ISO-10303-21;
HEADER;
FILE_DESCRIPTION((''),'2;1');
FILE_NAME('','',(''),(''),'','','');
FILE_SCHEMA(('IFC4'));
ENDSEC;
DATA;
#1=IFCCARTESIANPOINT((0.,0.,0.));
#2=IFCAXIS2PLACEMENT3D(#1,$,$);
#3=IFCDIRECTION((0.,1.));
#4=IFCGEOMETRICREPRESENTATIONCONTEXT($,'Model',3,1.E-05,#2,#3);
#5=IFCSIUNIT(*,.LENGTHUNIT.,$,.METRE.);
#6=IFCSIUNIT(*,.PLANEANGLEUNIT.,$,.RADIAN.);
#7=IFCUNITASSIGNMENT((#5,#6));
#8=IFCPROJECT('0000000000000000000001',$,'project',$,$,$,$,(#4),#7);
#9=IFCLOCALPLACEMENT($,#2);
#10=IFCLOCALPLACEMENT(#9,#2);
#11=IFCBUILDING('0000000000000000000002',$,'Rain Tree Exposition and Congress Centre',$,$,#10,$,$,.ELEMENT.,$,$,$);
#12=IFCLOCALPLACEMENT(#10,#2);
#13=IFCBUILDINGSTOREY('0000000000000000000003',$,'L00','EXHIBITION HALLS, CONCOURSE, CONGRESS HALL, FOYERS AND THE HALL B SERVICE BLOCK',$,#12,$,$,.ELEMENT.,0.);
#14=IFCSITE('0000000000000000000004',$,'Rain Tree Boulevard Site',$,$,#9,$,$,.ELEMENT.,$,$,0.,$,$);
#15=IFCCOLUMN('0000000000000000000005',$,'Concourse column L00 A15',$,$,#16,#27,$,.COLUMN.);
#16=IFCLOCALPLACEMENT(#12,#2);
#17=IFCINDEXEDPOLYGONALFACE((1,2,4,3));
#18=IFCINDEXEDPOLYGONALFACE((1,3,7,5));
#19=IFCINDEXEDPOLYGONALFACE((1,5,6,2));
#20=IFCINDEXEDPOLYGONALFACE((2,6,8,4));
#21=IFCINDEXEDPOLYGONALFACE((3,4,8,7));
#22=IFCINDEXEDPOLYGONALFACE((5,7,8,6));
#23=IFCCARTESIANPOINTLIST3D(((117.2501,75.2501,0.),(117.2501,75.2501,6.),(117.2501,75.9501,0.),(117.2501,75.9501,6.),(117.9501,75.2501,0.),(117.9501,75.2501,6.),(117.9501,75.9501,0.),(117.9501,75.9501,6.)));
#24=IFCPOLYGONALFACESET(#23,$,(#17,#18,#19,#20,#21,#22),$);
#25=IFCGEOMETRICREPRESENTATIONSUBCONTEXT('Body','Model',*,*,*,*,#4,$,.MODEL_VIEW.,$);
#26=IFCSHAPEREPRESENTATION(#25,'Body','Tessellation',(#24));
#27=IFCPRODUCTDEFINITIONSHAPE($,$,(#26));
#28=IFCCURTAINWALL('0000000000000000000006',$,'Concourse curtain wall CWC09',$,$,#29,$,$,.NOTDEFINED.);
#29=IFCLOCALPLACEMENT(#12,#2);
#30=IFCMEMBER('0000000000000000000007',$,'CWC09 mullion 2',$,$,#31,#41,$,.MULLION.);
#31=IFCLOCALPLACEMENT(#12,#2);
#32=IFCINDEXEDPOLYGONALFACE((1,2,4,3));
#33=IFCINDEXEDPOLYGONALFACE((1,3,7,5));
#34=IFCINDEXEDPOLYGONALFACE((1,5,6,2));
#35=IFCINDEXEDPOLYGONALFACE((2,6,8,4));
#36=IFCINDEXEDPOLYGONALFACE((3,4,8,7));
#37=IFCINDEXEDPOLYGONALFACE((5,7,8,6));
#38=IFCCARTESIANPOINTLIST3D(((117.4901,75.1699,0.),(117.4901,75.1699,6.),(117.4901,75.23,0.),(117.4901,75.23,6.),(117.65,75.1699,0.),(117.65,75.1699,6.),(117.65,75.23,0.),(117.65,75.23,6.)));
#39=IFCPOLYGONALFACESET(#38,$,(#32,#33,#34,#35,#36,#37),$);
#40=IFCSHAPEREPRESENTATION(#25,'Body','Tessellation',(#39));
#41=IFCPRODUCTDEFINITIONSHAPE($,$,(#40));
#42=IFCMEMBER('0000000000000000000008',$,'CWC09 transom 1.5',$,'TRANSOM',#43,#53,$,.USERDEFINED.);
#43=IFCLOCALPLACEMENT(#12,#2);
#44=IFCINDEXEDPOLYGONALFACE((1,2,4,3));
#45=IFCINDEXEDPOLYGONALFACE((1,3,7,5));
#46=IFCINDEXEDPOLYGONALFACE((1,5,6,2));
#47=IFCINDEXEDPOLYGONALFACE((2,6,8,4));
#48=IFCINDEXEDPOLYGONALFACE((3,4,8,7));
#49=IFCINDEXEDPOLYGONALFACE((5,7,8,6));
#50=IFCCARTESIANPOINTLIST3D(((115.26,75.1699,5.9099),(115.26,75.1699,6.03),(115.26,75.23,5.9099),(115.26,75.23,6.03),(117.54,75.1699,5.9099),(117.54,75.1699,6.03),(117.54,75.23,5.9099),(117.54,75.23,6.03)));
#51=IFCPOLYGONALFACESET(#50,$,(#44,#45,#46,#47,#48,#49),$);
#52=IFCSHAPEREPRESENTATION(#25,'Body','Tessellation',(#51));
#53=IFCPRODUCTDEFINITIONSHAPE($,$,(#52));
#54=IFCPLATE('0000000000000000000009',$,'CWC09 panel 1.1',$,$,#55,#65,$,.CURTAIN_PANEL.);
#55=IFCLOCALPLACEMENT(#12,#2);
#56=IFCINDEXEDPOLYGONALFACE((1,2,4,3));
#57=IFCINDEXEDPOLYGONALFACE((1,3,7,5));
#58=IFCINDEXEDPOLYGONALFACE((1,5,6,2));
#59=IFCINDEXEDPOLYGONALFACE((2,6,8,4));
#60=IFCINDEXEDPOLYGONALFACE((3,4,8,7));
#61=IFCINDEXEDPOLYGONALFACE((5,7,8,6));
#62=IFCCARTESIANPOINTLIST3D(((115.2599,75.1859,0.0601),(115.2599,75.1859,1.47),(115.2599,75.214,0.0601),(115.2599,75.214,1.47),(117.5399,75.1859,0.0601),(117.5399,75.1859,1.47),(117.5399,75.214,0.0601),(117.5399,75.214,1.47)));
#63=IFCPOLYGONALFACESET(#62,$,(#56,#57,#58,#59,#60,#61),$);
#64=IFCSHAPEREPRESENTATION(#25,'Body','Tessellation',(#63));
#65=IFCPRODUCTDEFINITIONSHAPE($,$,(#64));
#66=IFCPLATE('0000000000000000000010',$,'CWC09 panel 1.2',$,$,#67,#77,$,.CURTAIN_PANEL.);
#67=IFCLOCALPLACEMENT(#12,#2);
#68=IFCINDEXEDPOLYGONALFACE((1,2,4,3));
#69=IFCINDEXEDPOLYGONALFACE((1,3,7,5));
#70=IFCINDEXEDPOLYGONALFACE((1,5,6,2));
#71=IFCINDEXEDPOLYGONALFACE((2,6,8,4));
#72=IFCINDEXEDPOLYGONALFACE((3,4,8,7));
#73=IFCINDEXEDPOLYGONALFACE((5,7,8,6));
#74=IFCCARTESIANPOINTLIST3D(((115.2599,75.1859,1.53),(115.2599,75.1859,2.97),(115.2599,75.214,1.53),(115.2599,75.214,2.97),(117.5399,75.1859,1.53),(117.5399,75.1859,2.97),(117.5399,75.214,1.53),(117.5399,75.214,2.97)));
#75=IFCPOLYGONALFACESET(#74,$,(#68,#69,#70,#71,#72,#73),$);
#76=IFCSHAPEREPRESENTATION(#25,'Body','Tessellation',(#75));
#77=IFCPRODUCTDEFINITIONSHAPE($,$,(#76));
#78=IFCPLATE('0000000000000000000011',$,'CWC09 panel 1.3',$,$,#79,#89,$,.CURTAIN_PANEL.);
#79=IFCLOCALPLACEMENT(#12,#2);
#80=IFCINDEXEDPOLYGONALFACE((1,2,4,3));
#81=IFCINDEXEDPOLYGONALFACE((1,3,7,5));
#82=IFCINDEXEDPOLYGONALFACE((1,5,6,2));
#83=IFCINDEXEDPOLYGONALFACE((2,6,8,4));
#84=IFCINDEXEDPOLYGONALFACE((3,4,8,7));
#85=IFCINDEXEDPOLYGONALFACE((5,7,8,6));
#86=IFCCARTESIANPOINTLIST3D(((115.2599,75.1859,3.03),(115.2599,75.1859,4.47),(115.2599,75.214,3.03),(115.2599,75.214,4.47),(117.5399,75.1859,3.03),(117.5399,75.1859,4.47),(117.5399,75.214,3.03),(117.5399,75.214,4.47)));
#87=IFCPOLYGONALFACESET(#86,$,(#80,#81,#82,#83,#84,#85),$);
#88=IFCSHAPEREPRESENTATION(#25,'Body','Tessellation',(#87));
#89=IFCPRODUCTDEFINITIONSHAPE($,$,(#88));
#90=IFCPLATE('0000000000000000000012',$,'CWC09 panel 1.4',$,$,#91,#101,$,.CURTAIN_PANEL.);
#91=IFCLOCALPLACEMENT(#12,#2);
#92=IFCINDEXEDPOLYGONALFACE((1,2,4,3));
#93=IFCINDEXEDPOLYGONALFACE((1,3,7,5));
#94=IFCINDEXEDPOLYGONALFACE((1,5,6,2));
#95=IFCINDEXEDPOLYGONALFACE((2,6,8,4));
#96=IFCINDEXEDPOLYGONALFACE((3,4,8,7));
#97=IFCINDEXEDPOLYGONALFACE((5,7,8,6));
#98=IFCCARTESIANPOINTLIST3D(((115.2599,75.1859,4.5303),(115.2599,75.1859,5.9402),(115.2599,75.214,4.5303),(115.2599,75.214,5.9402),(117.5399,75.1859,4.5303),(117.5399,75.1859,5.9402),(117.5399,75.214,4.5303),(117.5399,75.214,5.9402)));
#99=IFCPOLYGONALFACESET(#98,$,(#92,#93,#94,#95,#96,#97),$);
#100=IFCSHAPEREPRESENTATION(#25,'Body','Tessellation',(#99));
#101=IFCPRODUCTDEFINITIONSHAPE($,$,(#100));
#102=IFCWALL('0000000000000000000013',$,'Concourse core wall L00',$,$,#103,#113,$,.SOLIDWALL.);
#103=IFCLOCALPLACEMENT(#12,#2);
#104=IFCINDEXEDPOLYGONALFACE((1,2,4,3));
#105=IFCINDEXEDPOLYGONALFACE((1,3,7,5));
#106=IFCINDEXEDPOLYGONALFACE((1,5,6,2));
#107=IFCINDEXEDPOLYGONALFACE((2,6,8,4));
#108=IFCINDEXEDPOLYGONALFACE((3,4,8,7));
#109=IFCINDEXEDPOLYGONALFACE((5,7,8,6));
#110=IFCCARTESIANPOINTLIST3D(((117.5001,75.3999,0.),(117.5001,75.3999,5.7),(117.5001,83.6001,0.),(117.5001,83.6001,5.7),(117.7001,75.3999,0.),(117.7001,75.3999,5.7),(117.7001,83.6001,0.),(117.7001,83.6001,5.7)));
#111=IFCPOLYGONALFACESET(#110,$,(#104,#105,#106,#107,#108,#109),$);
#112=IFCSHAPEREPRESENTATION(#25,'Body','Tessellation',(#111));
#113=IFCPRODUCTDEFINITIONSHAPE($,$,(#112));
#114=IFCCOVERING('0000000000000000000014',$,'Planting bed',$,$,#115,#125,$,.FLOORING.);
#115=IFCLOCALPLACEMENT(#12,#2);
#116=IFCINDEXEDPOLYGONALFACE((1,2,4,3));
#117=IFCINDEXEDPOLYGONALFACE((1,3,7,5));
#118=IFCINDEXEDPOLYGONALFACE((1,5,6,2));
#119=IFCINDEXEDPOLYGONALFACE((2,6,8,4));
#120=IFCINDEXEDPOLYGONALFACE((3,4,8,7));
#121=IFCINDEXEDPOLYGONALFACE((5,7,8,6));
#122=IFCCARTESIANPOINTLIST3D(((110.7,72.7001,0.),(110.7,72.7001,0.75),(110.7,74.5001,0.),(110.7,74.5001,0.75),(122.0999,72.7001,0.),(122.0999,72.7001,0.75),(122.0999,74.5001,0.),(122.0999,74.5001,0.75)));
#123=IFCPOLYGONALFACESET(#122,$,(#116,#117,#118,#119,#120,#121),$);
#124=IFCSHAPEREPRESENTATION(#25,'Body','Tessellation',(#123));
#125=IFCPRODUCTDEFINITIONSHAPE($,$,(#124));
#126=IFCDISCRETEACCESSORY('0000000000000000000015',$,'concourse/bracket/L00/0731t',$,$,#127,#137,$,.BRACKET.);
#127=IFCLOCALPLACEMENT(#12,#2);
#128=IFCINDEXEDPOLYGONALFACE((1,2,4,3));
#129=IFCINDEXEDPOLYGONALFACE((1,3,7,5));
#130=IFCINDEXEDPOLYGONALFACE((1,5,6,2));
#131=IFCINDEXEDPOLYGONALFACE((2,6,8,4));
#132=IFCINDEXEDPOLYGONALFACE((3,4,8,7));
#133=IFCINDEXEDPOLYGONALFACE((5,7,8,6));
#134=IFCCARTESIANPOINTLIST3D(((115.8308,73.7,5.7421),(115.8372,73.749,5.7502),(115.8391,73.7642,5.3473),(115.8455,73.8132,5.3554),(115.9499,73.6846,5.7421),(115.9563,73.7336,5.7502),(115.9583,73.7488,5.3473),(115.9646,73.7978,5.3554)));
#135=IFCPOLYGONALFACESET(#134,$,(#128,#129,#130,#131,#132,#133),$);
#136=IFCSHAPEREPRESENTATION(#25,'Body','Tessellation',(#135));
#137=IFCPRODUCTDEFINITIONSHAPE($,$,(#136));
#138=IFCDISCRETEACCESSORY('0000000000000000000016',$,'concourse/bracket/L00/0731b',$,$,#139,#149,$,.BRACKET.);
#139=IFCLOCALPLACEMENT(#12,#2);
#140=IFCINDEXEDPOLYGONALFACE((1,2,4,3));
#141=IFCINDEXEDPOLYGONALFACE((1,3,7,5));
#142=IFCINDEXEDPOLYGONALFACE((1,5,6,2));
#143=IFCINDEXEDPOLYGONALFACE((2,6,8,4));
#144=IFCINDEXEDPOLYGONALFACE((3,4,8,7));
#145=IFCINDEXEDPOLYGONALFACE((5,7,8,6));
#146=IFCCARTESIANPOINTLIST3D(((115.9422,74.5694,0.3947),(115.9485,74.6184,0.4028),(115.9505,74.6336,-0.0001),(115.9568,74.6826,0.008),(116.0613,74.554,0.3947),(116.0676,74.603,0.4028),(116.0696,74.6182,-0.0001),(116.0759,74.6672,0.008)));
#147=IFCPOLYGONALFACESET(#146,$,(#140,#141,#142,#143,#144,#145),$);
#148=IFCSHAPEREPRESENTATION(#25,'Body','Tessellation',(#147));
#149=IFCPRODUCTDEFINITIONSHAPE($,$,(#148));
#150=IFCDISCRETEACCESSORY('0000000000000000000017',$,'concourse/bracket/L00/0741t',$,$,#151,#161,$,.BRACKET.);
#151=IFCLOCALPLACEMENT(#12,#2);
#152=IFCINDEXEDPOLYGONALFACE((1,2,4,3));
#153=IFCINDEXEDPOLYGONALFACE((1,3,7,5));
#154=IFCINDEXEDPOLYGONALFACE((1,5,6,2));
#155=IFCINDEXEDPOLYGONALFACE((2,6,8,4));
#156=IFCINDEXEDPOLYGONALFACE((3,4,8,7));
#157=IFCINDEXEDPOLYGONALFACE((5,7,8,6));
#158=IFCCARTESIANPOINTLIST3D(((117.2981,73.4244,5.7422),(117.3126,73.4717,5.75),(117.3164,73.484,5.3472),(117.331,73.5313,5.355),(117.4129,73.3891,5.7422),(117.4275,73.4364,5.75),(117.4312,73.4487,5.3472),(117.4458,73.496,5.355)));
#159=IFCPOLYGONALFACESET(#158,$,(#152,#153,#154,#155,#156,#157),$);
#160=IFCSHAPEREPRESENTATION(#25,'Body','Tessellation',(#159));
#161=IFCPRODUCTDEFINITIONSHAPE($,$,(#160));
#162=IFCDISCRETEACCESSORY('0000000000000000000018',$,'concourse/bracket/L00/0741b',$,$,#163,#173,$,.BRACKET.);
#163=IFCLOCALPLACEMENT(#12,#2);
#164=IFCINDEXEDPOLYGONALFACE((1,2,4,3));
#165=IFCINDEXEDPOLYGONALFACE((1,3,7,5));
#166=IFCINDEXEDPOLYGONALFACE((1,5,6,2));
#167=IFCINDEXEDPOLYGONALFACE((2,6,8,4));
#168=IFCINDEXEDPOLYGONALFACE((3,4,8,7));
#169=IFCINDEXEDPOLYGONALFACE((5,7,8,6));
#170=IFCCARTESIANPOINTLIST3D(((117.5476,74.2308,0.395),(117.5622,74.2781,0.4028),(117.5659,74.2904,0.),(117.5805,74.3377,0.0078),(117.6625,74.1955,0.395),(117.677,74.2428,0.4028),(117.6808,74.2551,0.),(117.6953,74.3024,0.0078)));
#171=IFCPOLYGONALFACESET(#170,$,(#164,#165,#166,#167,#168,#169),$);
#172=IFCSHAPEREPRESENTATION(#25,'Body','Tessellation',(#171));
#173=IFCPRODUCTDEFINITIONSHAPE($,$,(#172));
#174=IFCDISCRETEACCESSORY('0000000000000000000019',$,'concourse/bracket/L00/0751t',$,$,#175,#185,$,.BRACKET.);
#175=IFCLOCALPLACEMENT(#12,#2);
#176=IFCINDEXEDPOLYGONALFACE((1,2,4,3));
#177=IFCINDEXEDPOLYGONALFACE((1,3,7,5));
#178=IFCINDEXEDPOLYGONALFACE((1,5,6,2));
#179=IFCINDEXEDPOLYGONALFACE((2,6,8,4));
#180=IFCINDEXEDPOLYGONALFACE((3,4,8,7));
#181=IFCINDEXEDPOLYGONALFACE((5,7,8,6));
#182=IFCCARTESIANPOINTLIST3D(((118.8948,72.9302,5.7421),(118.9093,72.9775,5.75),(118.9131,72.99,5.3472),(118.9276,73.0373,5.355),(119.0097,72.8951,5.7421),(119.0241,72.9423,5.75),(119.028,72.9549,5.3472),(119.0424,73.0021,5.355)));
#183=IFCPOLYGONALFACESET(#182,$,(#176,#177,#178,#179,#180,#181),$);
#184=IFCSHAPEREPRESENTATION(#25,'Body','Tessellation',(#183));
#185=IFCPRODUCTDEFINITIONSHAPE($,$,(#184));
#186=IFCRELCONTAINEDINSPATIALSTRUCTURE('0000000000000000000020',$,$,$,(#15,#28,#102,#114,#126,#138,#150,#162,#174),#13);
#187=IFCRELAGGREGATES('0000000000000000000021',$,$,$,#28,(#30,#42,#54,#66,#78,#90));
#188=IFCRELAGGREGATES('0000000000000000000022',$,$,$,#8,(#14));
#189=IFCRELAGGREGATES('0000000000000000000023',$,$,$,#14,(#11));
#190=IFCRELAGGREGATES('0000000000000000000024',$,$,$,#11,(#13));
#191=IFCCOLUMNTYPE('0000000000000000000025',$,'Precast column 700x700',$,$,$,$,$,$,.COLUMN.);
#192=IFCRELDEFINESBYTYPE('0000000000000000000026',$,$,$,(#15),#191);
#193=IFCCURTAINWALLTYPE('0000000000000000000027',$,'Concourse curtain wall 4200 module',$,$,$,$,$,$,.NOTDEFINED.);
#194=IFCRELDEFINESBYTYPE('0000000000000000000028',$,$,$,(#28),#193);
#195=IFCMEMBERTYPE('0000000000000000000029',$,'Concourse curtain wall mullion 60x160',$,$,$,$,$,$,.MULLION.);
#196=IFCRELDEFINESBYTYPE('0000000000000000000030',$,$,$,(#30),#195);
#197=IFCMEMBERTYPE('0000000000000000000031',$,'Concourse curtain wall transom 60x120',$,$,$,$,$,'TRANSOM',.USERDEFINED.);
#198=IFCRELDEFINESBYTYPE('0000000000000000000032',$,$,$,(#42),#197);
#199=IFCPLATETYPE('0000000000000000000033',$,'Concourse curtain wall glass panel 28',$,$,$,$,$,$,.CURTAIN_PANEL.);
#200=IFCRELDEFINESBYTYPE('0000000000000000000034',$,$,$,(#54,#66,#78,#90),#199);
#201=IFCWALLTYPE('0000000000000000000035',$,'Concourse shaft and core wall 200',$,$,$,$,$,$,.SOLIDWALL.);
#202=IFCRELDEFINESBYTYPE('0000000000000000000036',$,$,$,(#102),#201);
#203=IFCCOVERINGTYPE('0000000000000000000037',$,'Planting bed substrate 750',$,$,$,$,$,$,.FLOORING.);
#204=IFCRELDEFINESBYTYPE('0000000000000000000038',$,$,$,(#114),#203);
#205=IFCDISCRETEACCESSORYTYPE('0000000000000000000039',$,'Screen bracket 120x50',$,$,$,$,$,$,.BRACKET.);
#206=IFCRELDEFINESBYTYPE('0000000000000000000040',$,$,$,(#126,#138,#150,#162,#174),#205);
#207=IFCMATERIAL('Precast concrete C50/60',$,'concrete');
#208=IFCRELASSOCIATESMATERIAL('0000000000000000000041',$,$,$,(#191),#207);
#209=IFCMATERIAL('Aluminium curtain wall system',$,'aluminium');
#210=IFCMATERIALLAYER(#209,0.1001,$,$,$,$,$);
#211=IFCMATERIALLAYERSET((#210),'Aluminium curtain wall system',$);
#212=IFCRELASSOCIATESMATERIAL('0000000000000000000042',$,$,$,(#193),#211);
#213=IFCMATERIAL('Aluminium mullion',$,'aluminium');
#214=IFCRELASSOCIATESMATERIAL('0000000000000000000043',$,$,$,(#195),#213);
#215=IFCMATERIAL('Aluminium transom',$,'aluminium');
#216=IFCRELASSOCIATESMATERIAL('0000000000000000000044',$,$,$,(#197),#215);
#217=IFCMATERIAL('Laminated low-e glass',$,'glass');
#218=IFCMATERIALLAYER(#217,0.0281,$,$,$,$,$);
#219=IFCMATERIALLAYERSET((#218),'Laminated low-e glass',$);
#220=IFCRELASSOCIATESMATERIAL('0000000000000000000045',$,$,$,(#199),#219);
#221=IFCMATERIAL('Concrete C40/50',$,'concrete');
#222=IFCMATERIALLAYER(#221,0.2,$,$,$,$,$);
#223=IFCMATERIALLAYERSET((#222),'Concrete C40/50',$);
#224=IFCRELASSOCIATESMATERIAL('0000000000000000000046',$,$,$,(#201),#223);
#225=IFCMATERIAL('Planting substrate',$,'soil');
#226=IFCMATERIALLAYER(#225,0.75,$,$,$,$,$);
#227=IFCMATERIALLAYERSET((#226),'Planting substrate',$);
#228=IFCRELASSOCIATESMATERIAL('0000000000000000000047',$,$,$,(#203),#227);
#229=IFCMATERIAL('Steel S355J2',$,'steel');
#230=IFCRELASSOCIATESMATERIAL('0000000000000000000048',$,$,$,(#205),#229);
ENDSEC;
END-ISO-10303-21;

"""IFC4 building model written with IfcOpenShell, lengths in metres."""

from ifc_helpers import new_model, si_unit, direction, frame, frame_2d, origin, origin_2d, place, context, subcontext, project, spatial, rectangle, extrude, material, layer, layer_set, material_profile, profile_set, type_object, element, aggregate, save


model = new_model("IFC4")

# Units and contexts
model_context = context("Model", 3, precision=1e-05, world=origin(), true_north=direction((0.0, 1.0)))
body_context = subcontext(model_context, "Body", "Model", "MODEL_VIEW")
ifc_project = project(units=[si_unit("LENGTHUNIT", "METRE"), si_unit("PLANEANGLEUNIT", "RADIAN")], contexts=[model_context])

# Site, building, storey
site_placement = place(None, origin())
site = spatial("IfcSite", under=ifc_project, at=site_placement, Name="Rain Tree Boulevard Site", CompositionType="ELEMENT", RefElevation=0.0)
building_placement = place(site_placement, origin())
building = spatial("IfcBuilding", under=site, at=building_placement, Name="Rain Tree Exposition and Congress Centre", CompositionType="ELEMENT")
storey_placement = place(building_placement, origin())
storey = spatial("IfcBuildingStorey", under=building, at=storey_placement, Name="L00", Description="EXHIBITION HALLS, CONCOURSE, CONGRESS HALL, FOYERS AND THE HALL B SERVICE BLOCK", CompositionType="ELEMENT", Elevation=0.0)

# Column
ifc_material_1 = material(Name="Precast concrete C50/60", Category="concrete")
ifc_material_profile_1 = material_profile(ifc_material_1, rectangle(XDim=0.7, YDim=0.7, at=origin_2d()), Name="RC 700x700")
ifc_profile_set_1 = profile_set([ifc_material_profile_1], Name="Precast concrete C50/60")
column_type = type_object("IfcColumnType", Name="Precast column 700x700", PredefinedType="COLUMN", material=ifc_profile_set_1)
column_placement = place(storey_placement, frame((117.6001, 75.6001, 0.0), z_axis=(0.0, 0.0, 1.0), x_axis=(1.0, 0.0, 0.0)))
element("IfcColumn", 1, at=column_placement, inside=storey, type_object=column_type, Name="Concourse column L00 A15", PredefinedType="COLUMN", context=body_context, shape_type="SweptSolid", body=[
    extrude(rectangle(XDim=0.7, YDim=0.7, at=origin_2d()), origin(), (0.0, 0.0, 1.0), 6.0),
])

# Curtain wall, members, plates
ifc_material_2 = material(Name="Aluminium curtain wall system", Category="aluminium")
ifc_layer_1 = layer(ifc_material_2, 0.1001)
ifc_layer_set_1 = layer_set([ifc_layer_1], Name="Aluminium curtain wall system")
curtain_wall_type = type_object("IfcCurtainWallType", Name="Concourse curtain wall 4200 module", PredefinedType="NOTDEFINED", material=ifc_layer_set_1)
curtain_wall_placement = place(storey_placement, origin())
curtain_wall = element("IfcCurtainWall", 2, at=curtain_wall_placement, inside=storey, type_object=curtain_wall_type, Name="Concourse curtain wall CWC09", PredefinedType="NOTDEFINED")
ifc_material_3 = material(Name="Aluminium mullion", Category="aluminium")
ifc_material_profile_2 = material_profile(ifc_material_3, rectangle(XDim=0.0601, YDim=0.1599, at=origin_2d()), Name="AL 60x160")
ifc_profile_set_2 = profile_set([ifc_material_profile_2], Name="Aluminium mullion")
member_type_1 = type_object("IfcMemberType", Name="Concourse curtain wall mullion 60x160", PredefinedType="MULLION", material=ifc_profile_set_2)
member_1_placement = place(storey_placement, frame((117.5701, 75.2, 0.0), z_axis=(0.0, 0.0, 1.0), x_axis=(0.0, 1.0, 0.0)))
member_1 = element("IfcMember", 3, at=member_1_placement, type_object=member_type_1, Name="CWC09 mullion 2", PredefinedType="MULLION", context=body_context, shape_type="SweptSolid", body=[
    extrude(rectangle(XDim=0.0601, YDim=0.1599, at=origin_2d()), origin(), (0.0, 0.0, 1.0), 6.0),
])
ifc_material_4 = material(Name="Aluminium transom", Category="aluminium")
ifc_material_profile_3 = material_profile(ifc_material_4, rectangle(XDim=0.0601, YDim=0.1201, at=origin_2d()), Name="AL 60x120")
ifc_profile_set_3 = profile_set([ifc_material_profile_3], Name="Aluminium transom")
member_type_2 = type_object("IfcMemberType", Name="Concourse curtain wall transom 60x120", ElementType="TRANSOM", PredefinedType="USERDEFINED", material=ifc_profile_set_3)
member_2_placement = place(storey_placement, frame((115.26, 75.2, 5.97), z_axis=(1.0, 0.0, 0.0), x_axis=(0.0, 1.0, 0.0)))
member_2 = element("IfcMember", 4, at=member_2_placement, type_object=member_type_2, Name="CWC09 transom 1.5", ObjectType="TRANSOM", PredefinedType="USERDEFINED", context=body_context, shape_type="SweptSolid", body=[
    extrude(rectangle(XDim=0.0601, YDim=0.1201, at=origin_2d()), origin(), (0.0, 0.0, 1.0), 2.28),
])
ifc_material_5 = material(Name="Laminated low-e glass", Category="glass")
ifc_layer_2 = layer(ifc_material_5, 0.0281)
ifc_layer_set_2 = layer_set([ifc_layer_2], Name="Laminated low-e glass")
plate_type = type_object("IfcPlateType", Name="Concourse curtain wall glass panel 28", PredefinedType="CURTAIN_PANEL", material=ifc_layer_set_2)
plate_1_placement = place(storey_placement, frame((116.3999, 75.2, 0.0601), z_axis=(0.0, 0.0, 1.0), x_axis=(1.0, 0.0, 0.0)))
plate_1 = element("IfcPlate", 5, at=plate_1_placement, type_object=plate_type, Name="CWC09 panel 1.1", PredefinedType="CURTAIN_PANEL", context=body_context, shape_type="SweptSolid", body=[
    extrude(rectangle(XDim=2.28, YDim=0.0281, at=origin_2d()), origin(), (0.0, 0.0, 1.0), 1.4099),
])
plate_2_placement = place(storey_placement, frame((116.3999, 75.2, 1.53), z_axis=(0.0, 0.0, 1.0), x_axis=(1.0, 0.0, 0.0)))
plate_2 = element("IfcPlate", 6, at=plate_2_placement, type_object=plate_type, Name="CWC09 panel 1.2", PredefinedType="CURTAIN_PANEL", context=body_context, shape_type="SweptSolid", body=[
    extrude(rectangle(XDim=2.28, YDim=0.0281, at=origin_2d()), origin(), (0.0, 0.0, 1.0), 1.4399),
])
plate_3_placement = place(storey_placement, frame((116.3999, 75.2, 3.03), z_axis=(0.0, 0.0, 1.0), x_axis=(1.0, 0.0, 0.0)))
plate_3 = element("IfcPlate", 7, at=plate_3_placement, type_object=plate_type, Name="CWC09 panel 1.3", PredefinedType="CURTAIN_PANEL", context=body_context, shape_type="SweptSolid", body=[
    extrude(rectangle(XDim=2.28, YDim=0.0281, at=origin_2d()), origin(), (0.0, 0.0, 1.0), 1.4399),
])
plate_4_placement = place(storey_placement, frame((116.3999, 75.2, 4.5303), z_axis=(0.0, 0.0, 1.0), x_axis=(1.0, 0.0, 0.0)))
plate_4 = element("IfcPlate", 8, at=plate_4_placement, type_object=plate_type, Name="CWC09 panel 1.4", PredefinedType="CURTAIN_PANEL", context=body_context, shape_type="SweptSolid", body=[
    extrude(rectangle(XDim=2.28, YDim=0.0281, at=origin_2d()), origin(), (0.0, 0.0, 1.0), 1.4099),
])
aggregate(curtain_wall, [member_1, member_2, plate_1, plate_2, plate_3, plate_4])

# Wall
ifc_material_6 = material(Name="Concrete C40/50", Category="concrete")
ifc_layer_3 = layer(ifc_material_6, 0.2)
ifc_layer_set_3 = layer_set([ifc_layer_3], Name="Concrete C40/50")
wall_type = type_object("IfcWallType", Name="Concourse shaft and core wall 200", PredefinedType="SOLIDWALL", material=ifc_layer_set_3)
wall_1_placement = place(storey_placement, frame((117.6001, 75.3999, 0.0), z_axis=(0.0, 0.0, 1.0), x_axis=(0.0, 1.0, 0.0)))
element("IfcWall", 9, at=wall_1_placement, inside=storey, type_object=wall_type, Name="Concourse core wall L00", PredefinedType="SOLIDWALL", context=body_context, shape_type="SweptSolid", body=[
    extrude(rectangle(XDim=8.2002, YDim=0.2, at=frame_2d((4.1001, 0.0))), origin(), (0.0, 0.0, 1.0), 5.7),
])

# Covering
ifc_material_7 = material(Name="Planting substrate", Category="soil")
ifc_layer_4 = layer(ifc_material_7, 0.75)
ifc_layer_set_4 = layer_set([ifc_layer_4], Name="Planting substrate")
covering_type_1 = type_object("IfcCoveringType", Name="Planting bed substrate 750", PredefinedType="FLOORING", material=ifc_layer_set_4)
covering_1_placement = place(storey_placement, frame((116.3999, 73.6001, 0.0), z_axis=(0.0, 0.0, 1.0), x_axis=(1.0, 0.0, 0.0)))
element("IfcCovering", 10, at=covering_1_placement, inside=storey, type_object=covering_type_1, Name="Planting bed", PredefinedType="FLOORING", context=body_context, shape_type="SweptSolid", body=[
    extrude(rectangle(XDim=11.3999, YDim=1.8, at=origin_2d()), origin(), (0.0, 0.0, 1.0), 0.75),
])

# Discrete accessories
ifc_material_8 = material(Name="Steel S355J2", Category="steel")
ifc_material_profile_4 = material_profile(ifc_material_8, rectangle(XDim=0.1201, YDim=0.05, at=origin_2d()), Name="Flat bar 120x50")
ifc_profile_set_4 = profile_set([ifc_material_profile_4], Name="Steel S355J2")
discrete_accessory_type = type_object("IfcDiscreteAccessoryType", Name="Screen bracket 120x50", PredefinedType="BRACKET", material=ifc_profile_set_4)
for number, where, z_axis, x_axis, name in (
    (11, (115.9019, 73.781, 5.3513), (-0.020749, -0.160503, 0.986817), (0.991747, -0.128211, 0.0), "concourse/bracket/L00/0731t"),
    (12, (116.0132, 74.6504, 0.0039), (-0.020749, -0.160503, 0.986817), (0.991747, -0.128211, 0.0), "concourse/bracket/L00/0731b"),
):
    element("IfcDiscreteAccessory", number, at=place(storey_placement, frame(where, z_axis=z_axis, x_axis=x_axis)), inside=storey, type_object=discrete_accessory_type, Name=name, PredefinedType="BRACKET", context=body_context, shape_type="SweptSolid", body=[
        extrude(rectangle(XDim=0.1201, YDim=0.05, at=origin_2d()), origin(), (0.0, 0.0, 1.0), 0.4001),
    ])
for number, where, z_axis, x_axis, name in (
    (13, (117.3811, 73.49, 5.3511), (-0.045787, -0.148961, 0.987782), (0.955864, -0.293811, 0.0), "concourse/bracket/L00/0741t"),
    (14, (117.6306, 74.2964, 0.0039), (-0.045787, -0.148961, 0.987782), (0.955864, -0.293811, 0.0), "concourse/bracket/L00/0741b"),
    (15, (118.9778, 72.9961, 5.3511), (-0.045783, -0.149558, 0.987692), (0.9562, -0.292714, 0.0), "concourse/bracket/L00/0751t"),
):
    element("IfcDiscreteAccessory", number, at=place(storey_placement, frame(where, z_axis=z_axis, x_axis=x_axis)), inside=storey, type_object=discrete_accessory_type, Name=name, PredefinedType="BRACKET", context=body_context, shape_type="SweptSolid", body=[
        extrude(rectangle(XDim=0.1201, YDim=0.05, at=origin_2d()), origin(), (0.0, 0.0, 1.0), 0.3999),
    ])

save(model, "model.ifc")
